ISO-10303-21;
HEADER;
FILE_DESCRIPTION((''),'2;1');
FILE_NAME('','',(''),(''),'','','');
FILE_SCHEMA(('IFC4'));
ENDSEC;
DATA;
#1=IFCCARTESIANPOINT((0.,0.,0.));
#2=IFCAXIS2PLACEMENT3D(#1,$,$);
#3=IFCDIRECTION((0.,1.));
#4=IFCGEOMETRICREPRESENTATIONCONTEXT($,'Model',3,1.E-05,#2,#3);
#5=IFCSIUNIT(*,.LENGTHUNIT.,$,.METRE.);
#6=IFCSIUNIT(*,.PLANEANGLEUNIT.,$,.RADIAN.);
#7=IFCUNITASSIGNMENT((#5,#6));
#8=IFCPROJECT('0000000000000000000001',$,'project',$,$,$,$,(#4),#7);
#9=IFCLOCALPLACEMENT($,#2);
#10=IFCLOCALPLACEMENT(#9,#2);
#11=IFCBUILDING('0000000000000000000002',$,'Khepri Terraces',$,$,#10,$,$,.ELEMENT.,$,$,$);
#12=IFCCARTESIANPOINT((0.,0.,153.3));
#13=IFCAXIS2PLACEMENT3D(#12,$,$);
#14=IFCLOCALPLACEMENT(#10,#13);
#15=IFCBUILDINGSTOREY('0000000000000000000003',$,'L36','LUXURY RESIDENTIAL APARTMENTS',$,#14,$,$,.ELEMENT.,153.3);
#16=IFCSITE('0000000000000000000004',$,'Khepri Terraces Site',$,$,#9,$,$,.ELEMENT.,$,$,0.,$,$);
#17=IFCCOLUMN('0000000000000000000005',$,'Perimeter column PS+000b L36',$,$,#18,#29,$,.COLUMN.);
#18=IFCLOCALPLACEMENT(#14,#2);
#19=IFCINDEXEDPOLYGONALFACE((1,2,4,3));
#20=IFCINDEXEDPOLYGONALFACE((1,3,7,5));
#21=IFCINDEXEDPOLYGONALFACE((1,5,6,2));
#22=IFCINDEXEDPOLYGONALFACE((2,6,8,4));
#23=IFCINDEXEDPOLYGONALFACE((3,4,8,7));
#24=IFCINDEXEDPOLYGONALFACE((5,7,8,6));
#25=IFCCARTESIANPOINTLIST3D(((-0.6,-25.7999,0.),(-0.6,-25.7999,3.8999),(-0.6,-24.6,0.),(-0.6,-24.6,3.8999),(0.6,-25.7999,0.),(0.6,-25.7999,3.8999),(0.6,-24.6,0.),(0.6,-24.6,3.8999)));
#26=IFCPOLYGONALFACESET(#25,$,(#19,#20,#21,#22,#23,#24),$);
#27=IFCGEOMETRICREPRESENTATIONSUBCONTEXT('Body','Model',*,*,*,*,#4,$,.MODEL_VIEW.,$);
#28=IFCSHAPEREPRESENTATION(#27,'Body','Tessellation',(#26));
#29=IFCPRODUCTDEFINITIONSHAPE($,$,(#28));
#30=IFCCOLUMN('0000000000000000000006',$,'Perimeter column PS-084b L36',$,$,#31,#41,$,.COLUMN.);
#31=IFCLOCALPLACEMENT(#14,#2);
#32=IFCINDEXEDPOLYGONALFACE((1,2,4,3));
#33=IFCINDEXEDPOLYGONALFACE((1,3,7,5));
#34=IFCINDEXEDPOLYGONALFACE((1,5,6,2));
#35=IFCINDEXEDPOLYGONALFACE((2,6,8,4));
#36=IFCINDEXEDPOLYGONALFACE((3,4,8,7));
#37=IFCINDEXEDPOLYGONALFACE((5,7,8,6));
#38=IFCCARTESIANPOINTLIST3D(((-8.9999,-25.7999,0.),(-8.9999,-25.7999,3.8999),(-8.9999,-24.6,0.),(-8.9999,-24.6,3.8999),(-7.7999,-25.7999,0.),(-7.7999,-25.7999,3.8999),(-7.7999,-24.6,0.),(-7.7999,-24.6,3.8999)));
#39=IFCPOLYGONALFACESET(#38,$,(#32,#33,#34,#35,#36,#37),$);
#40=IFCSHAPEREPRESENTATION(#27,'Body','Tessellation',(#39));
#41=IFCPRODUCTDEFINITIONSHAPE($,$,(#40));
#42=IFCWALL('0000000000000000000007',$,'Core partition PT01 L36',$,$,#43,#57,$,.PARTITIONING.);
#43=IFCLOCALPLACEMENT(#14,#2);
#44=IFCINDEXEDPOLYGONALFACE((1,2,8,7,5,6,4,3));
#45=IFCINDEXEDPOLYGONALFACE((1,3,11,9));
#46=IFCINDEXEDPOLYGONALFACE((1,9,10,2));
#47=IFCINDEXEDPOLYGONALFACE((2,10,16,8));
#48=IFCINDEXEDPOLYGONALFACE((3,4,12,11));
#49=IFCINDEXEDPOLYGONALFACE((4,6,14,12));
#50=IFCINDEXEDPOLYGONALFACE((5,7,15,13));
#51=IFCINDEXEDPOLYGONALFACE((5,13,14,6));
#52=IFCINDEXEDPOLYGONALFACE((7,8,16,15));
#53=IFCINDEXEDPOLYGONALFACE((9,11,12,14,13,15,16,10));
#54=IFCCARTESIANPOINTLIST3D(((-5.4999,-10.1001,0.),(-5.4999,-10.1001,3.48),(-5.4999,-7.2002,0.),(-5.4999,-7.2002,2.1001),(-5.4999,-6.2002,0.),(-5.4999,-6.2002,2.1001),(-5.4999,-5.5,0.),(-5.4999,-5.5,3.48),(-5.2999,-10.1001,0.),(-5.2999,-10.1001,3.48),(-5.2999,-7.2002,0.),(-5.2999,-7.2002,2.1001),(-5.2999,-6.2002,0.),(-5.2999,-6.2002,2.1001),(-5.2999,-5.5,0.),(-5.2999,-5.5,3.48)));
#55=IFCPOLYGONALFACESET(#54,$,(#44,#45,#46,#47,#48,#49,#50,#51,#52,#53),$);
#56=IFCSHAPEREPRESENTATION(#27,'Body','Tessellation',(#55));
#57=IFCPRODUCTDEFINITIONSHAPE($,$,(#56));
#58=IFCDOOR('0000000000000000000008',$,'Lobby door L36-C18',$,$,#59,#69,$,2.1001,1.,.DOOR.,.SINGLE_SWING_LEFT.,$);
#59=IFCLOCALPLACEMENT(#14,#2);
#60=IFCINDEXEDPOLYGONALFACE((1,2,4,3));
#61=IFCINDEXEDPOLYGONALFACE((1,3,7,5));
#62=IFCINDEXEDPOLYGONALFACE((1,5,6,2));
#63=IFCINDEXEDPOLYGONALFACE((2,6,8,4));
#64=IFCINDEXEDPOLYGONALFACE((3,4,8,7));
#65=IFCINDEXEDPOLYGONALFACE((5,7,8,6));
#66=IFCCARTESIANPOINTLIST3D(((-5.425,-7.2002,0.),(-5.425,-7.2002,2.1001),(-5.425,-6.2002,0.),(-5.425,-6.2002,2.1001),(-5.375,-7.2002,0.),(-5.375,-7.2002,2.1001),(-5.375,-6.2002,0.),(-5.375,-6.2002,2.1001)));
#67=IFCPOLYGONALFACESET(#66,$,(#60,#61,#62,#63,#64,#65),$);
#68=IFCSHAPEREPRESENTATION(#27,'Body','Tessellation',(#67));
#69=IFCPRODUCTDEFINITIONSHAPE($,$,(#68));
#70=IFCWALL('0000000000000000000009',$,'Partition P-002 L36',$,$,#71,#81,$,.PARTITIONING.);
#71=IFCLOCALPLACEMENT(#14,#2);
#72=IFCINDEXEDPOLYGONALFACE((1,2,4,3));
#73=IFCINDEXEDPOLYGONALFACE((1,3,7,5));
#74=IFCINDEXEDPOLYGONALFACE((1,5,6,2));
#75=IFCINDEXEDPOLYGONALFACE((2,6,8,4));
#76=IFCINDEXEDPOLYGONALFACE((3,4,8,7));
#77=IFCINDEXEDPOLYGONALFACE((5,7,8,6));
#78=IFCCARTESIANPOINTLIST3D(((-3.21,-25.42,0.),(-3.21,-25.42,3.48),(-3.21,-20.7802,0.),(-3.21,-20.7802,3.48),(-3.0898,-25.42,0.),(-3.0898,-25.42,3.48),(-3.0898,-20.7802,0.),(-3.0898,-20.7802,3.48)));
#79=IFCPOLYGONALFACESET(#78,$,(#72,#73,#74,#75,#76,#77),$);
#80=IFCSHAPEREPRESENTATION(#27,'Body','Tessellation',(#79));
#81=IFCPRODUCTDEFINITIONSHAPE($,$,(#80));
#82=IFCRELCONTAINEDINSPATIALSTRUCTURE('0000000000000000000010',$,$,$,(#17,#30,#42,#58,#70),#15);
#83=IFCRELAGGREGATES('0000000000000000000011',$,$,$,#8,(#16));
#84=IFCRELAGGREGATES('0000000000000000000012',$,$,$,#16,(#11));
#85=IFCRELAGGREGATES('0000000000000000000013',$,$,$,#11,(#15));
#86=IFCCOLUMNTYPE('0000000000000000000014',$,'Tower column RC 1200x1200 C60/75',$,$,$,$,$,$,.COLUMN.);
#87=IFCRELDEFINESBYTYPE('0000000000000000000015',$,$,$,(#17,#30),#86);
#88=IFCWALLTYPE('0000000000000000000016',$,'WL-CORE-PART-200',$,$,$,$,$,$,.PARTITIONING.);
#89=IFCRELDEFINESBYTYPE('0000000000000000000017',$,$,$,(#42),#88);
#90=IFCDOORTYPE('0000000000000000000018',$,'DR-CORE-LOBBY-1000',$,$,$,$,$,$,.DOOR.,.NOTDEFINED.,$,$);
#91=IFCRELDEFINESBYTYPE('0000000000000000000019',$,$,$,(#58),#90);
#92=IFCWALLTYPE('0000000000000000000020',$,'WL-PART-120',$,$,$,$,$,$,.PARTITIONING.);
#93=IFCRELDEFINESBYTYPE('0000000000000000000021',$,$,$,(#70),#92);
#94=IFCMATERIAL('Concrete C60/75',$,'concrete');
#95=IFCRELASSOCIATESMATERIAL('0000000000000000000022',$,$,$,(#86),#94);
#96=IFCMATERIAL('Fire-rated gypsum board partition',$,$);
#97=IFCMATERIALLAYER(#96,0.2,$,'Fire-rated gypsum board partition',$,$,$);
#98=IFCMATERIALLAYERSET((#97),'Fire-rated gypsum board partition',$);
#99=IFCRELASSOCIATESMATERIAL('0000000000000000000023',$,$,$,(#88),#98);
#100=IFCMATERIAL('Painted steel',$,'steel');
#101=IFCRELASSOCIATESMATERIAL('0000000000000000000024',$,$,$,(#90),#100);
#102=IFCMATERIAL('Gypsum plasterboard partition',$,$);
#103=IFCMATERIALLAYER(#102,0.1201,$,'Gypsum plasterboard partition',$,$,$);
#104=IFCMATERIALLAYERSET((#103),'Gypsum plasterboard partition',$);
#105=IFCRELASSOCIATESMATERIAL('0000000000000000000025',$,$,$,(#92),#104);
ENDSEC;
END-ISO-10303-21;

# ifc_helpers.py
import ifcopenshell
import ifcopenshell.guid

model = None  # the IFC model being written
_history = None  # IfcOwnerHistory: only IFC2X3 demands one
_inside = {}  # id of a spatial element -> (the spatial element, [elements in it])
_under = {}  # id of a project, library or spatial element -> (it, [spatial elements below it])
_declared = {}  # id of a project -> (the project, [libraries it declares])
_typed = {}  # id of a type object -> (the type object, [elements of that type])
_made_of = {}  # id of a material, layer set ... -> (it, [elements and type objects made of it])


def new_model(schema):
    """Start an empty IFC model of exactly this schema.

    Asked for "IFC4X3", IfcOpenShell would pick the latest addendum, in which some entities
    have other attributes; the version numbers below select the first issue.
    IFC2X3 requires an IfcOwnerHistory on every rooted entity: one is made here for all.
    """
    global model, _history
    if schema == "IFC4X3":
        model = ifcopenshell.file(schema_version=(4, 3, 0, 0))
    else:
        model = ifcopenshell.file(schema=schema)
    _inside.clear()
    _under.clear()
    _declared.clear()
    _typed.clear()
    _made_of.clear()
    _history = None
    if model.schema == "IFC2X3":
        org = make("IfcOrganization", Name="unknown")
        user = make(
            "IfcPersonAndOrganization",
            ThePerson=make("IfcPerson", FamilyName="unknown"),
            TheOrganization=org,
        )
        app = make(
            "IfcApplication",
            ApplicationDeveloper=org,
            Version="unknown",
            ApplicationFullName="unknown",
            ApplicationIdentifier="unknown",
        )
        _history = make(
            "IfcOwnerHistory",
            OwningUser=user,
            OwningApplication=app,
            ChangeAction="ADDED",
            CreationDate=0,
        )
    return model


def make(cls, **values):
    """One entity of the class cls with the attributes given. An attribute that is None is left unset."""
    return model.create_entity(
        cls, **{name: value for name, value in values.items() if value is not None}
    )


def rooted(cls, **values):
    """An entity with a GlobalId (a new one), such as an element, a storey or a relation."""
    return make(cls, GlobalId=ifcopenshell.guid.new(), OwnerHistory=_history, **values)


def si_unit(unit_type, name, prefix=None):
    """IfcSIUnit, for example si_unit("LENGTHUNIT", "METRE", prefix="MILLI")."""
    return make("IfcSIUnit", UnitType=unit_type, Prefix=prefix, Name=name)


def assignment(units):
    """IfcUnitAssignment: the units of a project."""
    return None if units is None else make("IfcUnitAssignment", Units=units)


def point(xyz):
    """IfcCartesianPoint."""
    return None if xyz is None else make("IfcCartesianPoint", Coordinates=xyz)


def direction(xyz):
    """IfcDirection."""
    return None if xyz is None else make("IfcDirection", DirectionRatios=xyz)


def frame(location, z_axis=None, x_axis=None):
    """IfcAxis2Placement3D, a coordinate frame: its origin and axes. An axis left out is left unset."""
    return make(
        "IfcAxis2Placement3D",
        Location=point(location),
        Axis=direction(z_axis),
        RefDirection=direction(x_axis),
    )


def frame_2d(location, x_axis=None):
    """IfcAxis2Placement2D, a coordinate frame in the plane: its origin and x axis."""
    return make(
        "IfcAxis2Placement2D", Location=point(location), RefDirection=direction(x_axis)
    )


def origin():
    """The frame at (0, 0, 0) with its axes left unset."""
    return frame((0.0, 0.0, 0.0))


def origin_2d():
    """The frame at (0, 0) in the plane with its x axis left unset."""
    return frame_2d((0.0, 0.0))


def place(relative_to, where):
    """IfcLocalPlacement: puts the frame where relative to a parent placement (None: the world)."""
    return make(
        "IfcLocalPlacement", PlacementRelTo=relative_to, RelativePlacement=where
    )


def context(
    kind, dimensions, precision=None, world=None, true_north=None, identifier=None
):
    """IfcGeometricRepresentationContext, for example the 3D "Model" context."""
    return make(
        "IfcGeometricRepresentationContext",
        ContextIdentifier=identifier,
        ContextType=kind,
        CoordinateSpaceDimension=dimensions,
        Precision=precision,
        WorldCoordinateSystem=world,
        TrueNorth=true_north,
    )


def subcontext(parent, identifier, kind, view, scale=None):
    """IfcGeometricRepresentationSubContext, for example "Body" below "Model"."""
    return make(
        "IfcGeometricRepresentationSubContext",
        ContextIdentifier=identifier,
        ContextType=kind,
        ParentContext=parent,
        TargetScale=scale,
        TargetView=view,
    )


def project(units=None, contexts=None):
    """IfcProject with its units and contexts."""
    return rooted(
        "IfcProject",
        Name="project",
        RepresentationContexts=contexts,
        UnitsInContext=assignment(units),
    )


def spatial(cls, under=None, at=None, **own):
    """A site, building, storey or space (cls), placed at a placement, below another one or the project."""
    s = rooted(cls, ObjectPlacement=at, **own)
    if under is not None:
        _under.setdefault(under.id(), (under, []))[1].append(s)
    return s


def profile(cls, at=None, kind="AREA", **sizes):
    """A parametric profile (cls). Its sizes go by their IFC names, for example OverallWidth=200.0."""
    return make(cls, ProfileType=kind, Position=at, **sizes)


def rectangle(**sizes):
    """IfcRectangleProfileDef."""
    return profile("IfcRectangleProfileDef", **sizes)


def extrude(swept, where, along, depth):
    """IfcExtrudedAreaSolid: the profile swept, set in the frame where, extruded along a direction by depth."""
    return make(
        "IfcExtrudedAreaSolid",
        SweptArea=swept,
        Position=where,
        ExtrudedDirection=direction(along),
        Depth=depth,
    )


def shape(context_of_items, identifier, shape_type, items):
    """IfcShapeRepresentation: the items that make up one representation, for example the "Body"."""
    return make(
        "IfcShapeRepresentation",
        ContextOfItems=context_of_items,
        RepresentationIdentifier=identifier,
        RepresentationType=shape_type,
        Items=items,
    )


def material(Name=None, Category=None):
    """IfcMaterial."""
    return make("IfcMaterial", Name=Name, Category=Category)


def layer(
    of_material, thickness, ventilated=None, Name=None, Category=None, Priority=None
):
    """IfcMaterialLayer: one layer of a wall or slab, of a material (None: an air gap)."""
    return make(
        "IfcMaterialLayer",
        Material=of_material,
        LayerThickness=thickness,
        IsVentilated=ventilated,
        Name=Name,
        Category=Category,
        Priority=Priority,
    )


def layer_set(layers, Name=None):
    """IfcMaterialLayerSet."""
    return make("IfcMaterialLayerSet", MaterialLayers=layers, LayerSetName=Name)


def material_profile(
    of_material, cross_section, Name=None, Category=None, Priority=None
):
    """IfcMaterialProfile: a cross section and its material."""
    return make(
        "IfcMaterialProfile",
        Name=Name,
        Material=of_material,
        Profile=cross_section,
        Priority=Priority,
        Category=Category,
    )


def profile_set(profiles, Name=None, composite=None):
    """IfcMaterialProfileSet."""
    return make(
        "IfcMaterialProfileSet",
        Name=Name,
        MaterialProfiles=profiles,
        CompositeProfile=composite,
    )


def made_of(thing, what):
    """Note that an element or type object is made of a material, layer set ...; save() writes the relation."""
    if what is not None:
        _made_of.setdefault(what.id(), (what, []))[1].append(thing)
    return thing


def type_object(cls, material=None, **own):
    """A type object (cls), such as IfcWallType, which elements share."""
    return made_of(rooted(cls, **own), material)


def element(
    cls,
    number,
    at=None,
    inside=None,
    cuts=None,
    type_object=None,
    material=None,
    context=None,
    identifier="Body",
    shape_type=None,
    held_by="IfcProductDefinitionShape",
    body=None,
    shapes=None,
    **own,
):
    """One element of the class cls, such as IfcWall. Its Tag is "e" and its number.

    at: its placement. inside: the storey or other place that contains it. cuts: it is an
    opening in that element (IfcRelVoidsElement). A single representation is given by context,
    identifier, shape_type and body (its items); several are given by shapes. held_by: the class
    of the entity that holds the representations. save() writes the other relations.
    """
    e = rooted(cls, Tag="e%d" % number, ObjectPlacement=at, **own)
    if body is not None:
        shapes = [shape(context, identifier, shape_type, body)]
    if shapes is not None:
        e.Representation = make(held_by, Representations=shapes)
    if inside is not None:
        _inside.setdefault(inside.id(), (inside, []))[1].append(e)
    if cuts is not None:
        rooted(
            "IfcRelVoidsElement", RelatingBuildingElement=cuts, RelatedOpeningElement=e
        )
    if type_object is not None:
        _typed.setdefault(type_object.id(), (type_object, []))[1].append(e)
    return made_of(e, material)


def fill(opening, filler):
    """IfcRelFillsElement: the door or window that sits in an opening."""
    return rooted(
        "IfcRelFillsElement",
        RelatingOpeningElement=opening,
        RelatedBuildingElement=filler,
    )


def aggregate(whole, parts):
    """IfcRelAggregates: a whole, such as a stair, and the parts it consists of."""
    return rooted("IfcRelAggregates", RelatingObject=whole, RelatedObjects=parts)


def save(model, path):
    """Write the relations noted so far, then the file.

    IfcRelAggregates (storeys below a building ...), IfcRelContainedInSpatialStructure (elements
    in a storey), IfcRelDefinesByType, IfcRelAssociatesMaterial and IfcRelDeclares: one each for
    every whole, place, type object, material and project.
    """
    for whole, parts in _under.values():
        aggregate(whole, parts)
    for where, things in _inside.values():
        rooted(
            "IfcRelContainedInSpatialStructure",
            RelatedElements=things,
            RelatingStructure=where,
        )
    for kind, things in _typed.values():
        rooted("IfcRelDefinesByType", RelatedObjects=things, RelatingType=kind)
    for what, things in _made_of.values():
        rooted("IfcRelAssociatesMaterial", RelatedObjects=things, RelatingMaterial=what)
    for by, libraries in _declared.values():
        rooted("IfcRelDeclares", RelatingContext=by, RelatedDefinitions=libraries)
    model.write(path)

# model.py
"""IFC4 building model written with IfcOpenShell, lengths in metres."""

from ifc_helpers import new_model, si_unit, direction, frame, frame_2d, origin, origin_2d, place, context, subcontext, project, spatial, rectangle, extrude, material, layer, layer_set, material_profile, profile_set, type_object, element, fill, save


model = new_model("IFC4")

# Units and contexts
model_context = context("Model", 3, precision=1e-05, world=origin(), true_north=direction((0.0, 1.0)))
body_context = subcontext(model_context, "Body", "Model", "MODEL_VIEW")
ifc_project = project(units=[si_unit("LENGTHUNIT", "METRE"), si_unit("PLANEANGLEUNIT", "RADIAN")], contexts=[model_context])

# Site, building, storey
site_placement = place(None, origin())
site = spatial("IfcSite", under=ifc_project, at=site_placement, Name="Khepri Terraces Site", CompositionType="ELEMENT", RefElevation=0.0)
building_placement = place(site_placement, origin())
building = spatial("IfcBuilding", under=site, at=building_placement, Name="Khepri Terraces", CompositionType="ELEMENT")
storey_placement = place(building_placement, frame((0.0, 0.0, 153.3)))
storey = spatial("IfcBuildingStorey", under=building, at=storey_placement, Name="L36", Description="LUXURY RESIDENTIAL APARTMENTS", CompositionType="ELEMENT", Elevation=153.3)

# Columns
ifc_material_1 = material(Name="Concrete C60/75", Category="concrete")
ifc_material_profile = material_profile(ifc_material_1, rectangle(XDim=1.2, YDim=1.2, at=origin_2d()), Name="Concrete C60/75", Category="concrete")
ifc_profile_set = profile_set([ifc_material_profile], Name="Concrete C60/75")
column_type = type_object("IfcColumnType", Name="Tower column RC 1200x1200 C60/75", PredefinedType="COLUMN", material=ifc_profile_set)
for number, where, z_axis, x_axis, name in (
    (1, (0.0, -25.2, 0.0), (0.0, 0.0, 1.0), (1.0, 0.0, 0.0), "Perimeter column PS+000b L36"),
    (2, (-8.3999, -25.2, 0.0), (0.0, 0.0, 1.0), (1.0, 0.0, 0.0), "Perimeter column PS-084b L36"),
):
    element("IfcColumn", number, at=place(storey_placement, frame(where, z_axis=z_axis, x_axis=x_axis)), inside=storey, type_object=column_type, Name=name, PredefinedType="COLUMN", context=body_context, shape_type="SweptSolid", body=[
        extrude(rectangle(XDim=1.2, YDim=1.2, at=origin_2d()), origin(), (0.0, 0.0, 1.0), 3.8999),
    ])

# Wall, opening, door
ifc_material_2 = material(Name="Fire-rated gypsum board partition")
ifc_layer_1 = layer(ifc_material_2, 0.2, Name="Fire-rated gypsum board partition")
ifc_layer_set_1 = layer_set([ifc_layer_1], Name="Fire-rated gypsum board partition")
wall_type_1 = type_object("IfcWallType", Name="WL-CORE-PART-200", PredefinedType="PARTITIONING", material=ifc_layer_set_1)
wall_1_placement = place(storey_placement, frame((-5.3999, -10.1001, 0.0), z_axis=(0.0, 0.0, 1.0), x_axis=(0.0, 1.0, 0.0)))
wall_1 = element("IfcWall", 3, at=wall_1_placement, inside=storey, type_object=wall_type_1, Name="Core partition PT01 L36", PredefinedType="PARTITIONING", context=body_context, shape_type="SweptSolid", body=[
    extrude(rectangle(XDim=4.6001, YDim=0.2, at=frame_2d((2.3, 0.0))), origin(), (0.0, 0.0, 1.0), 3.48),
])
opening_1_placement = place(wall_1_placement, frame((2.8999, 0.0, 0.0)))
opening_1 = element("IfcOpeningElement", 4, at=opening_1_placement, cuts=wall_1, PredefinedType="OPENING", context=body_context, shape_type="SweptSolid", body=[
    extrude(rectangle(XDim=1.0, YDim=2.1001, at=frame_2d((0.5, 1.05))), frame((0.0, 0.1099, 0.0), z_axis=(0.0, -1.0, 0.0), x_axis=(1.0, 0.0, 0.0)), (0.0, 0.0, 1.0), 0.22),
])
ifc_material_3 = material(Name="Painted steel", Category="steel")
door_type_1 = type_object("IfcDoorType", Name="DR-CORE-LOBBY-1000", OperationType="NOTDEFINED", PredefinedType="DOOR", material=ifc_material_3)
door_1_placement = place(opening_1_placement, frame((1.0, 0.0, 0.0), z_axis=(0.0, 0.0, 1.0), x_axis=(-1.0, 0.0, 0.0)))
door_1 = element("IfcDoor", 5, at=door_1_placement, inside=storey, type_object=door_type_1, Name="Lobby door L36-C18", OperationType="SINGLE_SWING_LEFT", OverallHeight=2.1001, OverallWidth=1.0, PredefinedType="DOOR", context=body_context, shape_type="SweptSolid", body=[
    extrude(rectangle(XDim=1.0, YDim=2.1001, at=frame_2d((0.5, 1.05))), frame((0.0, 0.0249, 0.0), z_axis=(0.0, -1.0, 0.0), x_axis=(1.0, 0.0, 0.0)), (0.0, 0.0, 1.0), 0.05),
])
fill(opening_1, door_1)

# Wall
ifc_material_4 = material(Name="Gypsum plasterboard partition")
ifc_layer_2 = layer(ifc_material_4, 0.1201, Name="Gypsum plasterboard partition")
ifc_layer_set_2 = layer_set([ifc_layer_2], Name="Gypsum plasterboard partition")
wall_type_2 = type_object("IfcWallType", Name="WL-PART-120", PredefinedType="PARTITIONING", material=ifc_layer_set_2)
wall_2_placement = place(storey_placement, frame((-3.1499, -25.4199, 0.0), z_axis=(0.0, 0.0, 1.0), x_axis=(0.0, 1.0, 0.0)))
element("IfcWall", 6, at=wall_2_placement, inside=storey, type_object=wall_type_2, Name="Partition P-002 L36", PredefinedType="PARTITIONING", context=body_context, shape_type="SweptSolid", body=[
    extrude(rectangle(XDim=4.6399, YDim=0.1201, at=frame_2d((2.3198, 0.0))), origin(), (0.0, 0.0, 1.0), 3.48),
])

save(model, "model.ifc")
